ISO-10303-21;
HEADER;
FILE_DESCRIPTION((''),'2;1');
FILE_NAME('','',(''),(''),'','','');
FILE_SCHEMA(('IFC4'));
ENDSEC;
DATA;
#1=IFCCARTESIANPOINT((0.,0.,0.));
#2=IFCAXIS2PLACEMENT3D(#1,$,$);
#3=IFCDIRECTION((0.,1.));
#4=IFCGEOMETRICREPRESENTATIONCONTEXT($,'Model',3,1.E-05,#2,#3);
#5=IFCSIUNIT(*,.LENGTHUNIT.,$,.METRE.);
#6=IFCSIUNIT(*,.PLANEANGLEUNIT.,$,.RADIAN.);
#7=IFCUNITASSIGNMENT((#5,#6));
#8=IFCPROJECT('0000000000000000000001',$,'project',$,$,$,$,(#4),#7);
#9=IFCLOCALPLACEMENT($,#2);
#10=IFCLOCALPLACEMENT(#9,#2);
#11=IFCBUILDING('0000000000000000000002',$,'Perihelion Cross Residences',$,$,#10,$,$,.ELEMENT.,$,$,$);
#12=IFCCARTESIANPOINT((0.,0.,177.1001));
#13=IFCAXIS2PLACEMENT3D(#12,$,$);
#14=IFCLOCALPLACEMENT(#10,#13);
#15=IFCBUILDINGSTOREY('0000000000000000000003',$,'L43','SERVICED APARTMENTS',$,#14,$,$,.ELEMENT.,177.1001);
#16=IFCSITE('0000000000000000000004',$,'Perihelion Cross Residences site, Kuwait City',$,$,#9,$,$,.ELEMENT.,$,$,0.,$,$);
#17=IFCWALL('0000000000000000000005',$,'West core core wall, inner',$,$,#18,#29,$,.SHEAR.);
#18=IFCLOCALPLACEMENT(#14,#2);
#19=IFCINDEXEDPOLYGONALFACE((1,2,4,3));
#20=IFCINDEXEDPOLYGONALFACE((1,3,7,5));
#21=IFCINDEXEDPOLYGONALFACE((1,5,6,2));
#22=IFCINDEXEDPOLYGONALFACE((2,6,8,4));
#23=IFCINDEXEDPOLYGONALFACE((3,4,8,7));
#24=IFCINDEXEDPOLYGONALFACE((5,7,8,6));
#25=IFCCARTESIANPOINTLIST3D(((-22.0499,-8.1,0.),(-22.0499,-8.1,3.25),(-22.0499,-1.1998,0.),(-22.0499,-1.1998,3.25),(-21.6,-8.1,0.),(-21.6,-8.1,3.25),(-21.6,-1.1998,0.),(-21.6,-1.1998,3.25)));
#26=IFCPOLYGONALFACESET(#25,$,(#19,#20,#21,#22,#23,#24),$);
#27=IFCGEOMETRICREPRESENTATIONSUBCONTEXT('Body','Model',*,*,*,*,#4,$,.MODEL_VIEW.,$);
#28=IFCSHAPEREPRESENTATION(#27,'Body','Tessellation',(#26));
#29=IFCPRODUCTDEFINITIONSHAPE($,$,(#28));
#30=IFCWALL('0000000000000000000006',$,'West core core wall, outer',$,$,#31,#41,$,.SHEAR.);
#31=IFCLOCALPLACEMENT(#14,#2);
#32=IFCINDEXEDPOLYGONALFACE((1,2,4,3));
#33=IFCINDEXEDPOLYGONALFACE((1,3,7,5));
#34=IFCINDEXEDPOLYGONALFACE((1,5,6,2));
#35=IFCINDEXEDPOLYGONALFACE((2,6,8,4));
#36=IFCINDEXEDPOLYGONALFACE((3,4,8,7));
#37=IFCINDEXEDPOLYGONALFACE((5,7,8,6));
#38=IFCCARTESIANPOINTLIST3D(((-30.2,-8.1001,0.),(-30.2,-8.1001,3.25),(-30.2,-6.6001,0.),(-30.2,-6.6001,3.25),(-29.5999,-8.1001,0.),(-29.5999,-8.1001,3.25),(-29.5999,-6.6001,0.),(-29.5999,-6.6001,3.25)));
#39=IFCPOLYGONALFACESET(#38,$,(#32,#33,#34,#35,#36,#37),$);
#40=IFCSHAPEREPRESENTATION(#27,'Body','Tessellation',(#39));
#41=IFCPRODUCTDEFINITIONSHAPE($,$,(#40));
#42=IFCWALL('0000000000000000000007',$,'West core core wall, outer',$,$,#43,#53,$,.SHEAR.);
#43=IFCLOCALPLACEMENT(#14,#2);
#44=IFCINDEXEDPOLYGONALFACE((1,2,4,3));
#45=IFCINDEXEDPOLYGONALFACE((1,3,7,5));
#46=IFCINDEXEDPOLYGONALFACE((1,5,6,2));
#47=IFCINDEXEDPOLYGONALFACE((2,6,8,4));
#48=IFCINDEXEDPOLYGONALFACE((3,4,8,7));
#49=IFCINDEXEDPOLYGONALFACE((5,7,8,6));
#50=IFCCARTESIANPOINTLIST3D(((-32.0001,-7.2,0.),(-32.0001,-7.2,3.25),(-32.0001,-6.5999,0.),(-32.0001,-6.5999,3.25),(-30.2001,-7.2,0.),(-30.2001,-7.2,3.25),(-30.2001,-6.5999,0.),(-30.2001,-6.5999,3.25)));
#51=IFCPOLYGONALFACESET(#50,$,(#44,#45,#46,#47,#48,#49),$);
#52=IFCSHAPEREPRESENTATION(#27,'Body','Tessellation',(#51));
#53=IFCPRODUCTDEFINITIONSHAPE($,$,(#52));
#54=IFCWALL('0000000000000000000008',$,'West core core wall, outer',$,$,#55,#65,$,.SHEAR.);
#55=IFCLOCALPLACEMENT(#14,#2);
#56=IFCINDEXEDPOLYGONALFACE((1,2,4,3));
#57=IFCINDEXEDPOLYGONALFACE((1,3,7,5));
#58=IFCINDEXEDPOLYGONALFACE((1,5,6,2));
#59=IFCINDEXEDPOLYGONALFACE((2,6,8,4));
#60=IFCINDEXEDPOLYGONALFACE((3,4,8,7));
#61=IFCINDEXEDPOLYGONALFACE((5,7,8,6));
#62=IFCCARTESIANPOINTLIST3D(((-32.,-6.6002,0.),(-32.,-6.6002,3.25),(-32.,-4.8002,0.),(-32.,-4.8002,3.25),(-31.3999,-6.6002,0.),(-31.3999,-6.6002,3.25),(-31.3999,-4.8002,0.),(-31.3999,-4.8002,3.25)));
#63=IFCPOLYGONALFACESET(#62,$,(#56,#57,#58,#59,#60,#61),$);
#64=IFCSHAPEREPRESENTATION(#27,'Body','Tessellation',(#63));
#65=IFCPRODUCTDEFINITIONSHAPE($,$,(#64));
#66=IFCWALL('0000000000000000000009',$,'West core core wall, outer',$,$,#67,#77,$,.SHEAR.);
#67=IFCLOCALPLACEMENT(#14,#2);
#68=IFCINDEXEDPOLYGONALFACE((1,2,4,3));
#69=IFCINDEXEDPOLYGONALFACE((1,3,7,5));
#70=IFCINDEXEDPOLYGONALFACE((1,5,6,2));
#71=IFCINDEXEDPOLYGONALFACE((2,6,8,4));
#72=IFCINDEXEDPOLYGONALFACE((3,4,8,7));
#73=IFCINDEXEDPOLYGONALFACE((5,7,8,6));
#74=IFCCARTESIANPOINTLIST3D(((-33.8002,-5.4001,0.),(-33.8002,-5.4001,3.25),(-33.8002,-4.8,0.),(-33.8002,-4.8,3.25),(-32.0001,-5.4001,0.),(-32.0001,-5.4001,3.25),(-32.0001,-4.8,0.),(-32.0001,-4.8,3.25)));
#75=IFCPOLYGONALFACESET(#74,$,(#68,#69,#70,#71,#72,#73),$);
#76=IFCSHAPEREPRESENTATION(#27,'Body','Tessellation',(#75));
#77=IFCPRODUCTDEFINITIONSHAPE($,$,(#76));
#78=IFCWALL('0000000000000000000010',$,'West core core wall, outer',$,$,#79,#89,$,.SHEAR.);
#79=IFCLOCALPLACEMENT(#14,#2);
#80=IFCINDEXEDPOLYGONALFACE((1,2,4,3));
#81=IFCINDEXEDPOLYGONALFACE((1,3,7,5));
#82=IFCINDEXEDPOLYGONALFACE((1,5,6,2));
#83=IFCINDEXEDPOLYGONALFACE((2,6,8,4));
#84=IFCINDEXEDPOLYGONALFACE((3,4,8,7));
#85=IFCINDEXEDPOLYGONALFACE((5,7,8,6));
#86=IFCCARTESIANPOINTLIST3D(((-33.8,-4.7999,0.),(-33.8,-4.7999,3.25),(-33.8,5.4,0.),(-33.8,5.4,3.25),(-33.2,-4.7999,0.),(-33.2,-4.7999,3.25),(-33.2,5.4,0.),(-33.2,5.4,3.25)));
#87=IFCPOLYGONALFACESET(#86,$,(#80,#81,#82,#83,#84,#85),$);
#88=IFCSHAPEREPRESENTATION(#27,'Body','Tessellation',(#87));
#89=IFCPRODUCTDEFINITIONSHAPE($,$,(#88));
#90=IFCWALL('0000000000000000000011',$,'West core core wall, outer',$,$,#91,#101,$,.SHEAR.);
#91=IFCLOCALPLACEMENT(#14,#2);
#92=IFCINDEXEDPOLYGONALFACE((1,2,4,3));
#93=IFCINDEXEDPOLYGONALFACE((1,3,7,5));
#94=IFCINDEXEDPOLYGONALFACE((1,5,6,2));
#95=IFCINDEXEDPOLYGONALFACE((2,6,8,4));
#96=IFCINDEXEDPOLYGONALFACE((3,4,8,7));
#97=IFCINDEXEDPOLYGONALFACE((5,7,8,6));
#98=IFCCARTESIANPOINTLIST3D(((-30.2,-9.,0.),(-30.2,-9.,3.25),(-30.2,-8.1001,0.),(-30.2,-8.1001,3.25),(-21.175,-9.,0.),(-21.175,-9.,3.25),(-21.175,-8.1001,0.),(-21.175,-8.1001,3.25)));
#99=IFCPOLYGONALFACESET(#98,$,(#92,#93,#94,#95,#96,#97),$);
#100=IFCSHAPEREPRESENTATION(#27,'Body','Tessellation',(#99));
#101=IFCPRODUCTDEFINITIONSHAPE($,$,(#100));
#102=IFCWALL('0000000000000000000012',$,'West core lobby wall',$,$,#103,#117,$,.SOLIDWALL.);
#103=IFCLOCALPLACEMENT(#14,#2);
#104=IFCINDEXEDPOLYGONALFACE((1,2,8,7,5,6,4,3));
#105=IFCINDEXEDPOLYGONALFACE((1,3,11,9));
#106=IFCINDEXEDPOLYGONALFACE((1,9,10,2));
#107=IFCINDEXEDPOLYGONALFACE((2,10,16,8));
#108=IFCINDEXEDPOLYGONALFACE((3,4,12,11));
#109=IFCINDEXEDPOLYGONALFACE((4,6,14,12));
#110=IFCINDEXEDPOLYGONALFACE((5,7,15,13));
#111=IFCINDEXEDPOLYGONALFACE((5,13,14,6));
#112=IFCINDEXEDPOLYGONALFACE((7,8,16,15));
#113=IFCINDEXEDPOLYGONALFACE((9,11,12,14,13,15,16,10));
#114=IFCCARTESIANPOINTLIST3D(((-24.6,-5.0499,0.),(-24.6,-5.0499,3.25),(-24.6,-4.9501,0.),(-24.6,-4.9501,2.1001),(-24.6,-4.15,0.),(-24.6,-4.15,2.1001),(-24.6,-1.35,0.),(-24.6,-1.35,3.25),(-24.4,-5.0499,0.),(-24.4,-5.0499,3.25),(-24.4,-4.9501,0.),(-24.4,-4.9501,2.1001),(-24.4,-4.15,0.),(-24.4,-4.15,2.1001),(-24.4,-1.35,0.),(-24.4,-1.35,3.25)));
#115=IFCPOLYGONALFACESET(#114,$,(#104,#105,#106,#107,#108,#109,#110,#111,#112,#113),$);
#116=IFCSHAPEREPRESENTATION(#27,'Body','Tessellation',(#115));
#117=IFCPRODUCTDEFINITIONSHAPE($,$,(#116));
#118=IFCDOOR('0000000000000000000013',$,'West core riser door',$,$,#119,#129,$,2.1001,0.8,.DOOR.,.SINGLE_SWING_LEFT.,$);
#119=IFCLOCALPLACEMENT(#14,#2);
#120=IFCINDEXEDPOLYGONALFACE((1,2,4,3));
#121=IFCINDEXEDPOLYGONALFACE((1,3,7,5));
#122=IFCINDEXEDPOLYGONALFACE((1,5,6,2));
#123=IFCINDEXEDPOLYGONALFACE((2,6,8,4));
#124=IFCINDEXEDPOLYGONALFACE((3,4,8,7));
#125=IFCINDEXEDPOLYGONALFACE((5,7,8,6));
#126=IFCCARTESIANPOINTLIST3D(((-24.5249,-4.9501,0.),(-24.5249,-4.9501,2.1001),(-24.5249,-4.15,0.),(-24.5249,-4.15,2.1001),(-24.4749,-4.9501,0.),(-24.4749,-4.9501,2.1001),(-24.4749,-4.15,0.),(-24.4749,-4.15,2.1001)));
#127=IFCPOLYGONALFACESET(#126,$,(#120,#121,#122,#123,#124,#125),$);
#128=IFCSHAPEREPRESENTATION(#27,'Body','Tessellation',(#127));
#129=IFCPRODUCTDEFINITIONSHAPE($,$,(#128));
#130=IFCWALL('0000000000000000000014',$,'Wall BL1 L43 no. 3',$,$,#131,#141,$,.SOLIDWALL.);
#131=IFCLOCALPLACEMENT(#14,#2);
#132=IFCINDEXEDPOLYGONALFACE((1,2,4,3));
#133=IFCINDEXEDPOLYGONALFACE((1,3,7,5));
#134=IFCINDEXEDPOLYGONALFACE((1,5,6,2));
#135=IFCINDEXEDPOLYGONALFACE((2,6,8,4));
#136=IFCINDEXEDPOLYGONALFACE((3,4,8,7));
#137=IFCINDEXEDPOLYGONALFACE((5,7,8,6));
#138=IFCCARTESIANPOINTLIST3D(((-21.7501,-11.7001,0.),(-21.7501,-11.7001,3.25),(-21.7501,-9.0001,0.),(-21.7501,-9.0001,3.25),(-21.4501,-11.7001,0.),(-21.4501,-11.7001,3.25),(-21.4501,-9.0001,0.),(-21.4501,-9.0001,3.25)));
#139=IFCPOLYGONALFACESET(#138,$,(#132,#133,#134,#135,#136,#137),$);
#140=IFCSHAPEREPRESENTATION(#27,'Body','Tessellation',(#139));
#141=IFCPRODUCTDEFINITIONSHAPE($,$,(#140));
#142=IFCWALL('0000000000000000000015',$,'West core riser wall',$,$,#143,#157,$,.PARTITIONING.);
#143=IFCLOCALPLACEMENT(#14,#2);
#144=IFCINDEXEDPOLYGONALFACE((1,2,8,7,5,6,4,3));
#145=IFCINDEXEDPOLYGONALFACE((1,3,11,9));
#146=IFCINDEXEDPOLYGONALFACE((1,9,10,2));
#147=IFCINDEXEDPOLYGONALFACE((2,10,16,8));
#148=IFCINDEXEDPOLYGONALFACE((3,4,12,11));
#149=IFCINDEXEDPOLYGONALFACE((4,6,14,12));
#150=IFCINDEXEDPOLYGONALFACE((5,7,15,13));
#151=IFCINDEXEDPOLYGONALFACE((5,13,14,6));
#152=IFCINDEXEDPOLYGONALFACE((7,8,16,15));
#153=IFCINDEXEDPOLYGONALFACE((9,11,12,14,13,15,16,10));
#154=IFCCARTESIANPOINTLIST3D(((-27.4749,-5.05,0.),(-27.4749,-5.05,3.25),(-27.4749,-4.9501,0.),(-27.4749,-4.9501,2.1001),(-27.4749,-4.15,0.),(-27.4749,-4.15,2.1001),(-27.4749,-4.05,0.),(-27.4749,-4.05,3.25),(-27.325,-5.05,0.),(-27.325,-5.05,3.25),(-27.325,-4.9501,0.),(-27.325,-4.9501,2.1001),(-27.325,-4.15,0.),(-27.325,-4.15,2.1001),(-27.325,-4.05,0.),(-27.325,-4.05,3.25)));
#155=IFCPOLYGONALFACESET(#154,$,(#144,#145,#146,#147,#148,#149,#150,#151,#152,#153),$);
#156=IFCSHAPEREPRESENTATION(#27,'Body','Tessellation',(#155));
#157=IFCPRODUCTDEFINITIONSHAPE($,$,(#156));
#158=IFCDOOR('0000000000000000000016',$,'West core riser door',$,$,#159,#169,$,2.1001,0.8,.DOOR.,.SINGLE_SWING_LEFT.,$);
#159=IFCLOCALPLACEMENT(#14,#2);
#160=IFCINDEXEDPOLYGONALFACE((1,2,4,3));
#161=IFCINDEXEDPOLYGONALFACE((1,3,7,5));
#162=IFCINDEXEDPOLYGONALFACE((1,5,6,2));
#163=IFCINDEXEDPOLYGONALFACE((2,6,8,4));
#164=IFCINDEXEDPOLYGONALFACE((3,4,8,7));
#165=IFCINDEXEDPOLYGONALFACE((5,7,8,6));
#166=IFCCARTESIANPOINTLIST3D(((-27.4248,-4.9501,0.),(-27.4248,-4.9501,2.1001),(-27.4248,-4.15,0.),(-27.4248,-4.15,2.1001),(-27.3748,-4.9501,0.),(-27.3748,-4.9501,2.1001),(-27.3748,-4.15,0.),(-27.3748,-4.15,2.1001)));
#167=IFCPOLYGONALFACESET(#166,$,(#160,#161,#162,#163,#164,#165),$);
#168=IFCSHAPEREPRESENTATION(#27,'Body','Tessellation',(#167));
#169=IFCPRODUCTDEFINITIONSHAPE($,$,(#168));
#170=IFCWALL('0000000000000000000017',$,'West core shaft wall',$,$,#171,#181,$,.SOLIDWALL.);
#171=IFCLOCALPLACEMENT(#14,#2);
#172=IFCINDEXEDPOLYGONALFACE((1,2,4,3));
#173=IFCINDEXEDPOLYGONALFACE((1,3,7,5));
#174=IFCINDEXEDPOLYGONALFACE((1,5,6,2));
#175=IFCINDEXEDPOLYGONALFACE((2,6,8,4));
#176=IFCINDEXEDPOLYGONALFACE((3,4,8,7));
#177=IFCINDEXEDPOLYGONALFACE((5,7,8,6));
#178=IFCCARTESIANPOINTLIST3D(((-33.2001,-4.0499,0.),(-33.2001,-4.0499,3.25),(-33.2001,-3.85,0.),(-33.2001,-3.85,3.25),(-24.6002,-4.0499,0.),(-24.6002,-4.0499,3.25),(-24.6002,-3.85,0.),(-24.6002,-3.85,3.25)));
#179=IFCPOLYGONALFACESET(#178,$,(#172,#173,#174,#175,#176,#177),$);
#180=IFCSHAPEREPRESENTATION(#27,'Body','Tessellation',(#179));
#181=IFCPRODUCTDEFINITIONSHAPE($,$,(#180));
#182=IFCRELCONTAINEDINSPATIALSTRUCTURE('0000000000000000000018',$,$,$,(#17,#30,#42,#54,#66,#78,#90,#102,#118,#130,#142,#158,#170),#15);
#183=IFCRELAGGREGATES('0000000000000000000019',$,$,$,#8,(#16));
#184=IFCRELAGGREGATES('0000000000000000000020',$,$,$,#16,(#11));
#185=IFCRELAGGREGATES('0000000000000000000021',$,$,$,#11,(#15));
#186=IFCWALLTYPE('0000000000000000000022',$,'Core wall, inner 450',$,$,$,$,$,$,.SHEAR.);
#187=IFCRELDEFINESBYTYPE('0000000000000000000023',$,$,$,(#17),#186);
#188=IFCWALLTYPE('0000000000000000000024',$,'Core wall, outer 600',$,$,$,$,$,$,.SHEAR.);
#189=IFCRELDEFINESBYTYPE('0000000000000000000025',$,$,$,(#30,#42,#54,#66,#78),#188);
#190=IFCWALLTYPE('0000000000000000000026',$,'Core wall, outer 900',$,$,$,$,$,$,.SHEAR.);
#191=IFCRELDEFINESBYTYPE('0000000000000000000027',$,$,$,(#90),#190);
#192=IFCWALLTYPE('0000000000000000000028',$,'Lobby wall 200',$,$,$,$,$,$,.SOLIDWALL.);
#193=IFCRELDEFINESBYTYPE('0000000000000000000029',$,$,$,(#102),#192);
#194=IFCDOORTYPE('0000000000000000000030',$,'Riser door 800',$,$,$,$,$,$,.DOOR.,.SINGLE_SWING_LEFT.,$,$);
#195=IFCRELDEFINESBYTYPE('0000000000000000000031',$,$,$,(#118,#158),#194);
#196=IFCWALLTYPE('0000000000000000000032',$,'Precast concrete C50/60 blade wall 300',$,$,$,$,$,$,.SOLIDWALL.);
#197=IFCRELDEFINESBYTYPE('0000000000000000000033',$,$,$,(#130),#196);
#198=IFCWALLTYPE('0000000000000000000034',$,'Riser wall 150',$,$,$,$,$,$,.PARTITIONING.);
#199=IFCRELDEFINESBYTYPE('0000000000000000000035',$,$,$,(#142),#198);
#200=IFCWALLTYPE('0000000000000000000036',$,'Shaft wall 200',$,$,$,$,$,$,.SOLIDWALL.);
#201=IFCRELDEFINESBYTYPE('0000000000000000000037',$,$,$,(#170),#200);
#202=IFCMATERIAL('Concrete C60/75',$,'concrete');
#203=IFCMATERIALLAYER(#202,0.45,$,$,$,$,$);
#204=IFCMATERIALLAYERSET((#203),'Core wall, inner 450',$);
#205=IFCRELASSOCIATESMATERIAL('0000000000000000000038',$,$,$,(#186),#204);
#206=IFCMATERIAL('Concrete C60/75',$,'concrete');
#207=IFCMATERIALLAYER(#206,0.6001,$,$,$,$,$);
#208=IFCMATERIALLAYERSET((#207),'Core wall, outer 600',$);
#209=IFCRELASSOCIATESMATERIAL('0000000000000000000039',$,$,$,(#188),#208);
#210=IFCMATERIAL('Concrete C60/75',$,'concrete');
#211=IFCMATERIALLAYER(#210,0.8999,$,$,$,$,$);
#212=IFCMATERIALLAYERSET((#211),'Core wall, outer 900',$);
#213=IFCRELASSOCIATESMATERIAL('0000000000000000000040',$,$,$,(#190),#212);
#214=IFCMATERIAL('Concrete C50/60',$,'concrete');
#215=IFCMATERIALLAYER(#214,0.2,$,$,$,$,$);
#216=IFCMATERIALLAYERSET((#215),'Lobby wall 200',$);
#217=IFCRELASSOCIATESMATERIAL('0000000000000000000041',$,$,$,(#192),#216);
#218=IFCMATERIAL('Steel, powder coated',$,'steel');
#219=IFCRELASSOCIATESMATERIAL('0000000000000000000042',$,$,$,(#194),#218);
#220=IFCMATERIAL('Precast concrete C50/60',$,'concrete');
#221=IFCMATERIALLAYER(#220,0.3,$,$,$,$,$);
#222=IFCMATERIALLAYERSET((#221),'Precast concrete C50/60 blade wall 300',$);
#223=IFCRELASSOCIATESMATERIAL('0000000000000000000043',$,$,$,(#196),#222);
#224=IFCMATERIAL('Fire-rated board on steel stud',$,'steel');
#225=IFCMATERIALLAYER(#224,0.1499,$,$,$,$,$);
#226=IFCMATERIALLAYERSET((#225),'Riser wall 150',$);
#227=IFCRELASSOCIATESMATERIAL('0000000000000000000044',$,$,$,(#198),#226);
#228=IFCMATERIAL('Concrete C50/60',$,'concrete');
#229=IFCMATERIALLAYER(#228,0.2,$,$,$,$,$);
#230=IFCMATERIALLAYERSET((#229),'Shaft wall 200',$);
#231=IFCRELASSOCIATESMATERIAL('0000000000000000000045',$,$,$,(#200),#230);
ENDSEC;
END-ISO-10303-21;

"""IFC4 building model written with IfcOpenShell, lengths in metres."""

from ifc_helpers import new_model, si_unit, direction, frame, frame_2d, origin, place, context, subcontext, project, spatial, rectangle, extrude, material, layer, layer_set, type_object, element, fill, save


model = new_model("IFC4")

# Units and contexts
model_context = context("Model", 3, precision=1e-05, world=origin(), true_north=direction((0.0, 1.0)))
body_context = subcontext(model_context, "Body", "Model", "MODEL_VIEW")
ifc_project = project(units=[si_unit("LENGTHUNIT", "METRE"), si_unit("PLANEANGLEUNIT", "RADIAN")], contexts=[model_context])

# Site, building, storey
site_placement = place(None, origin())
site = spatial("IfcSite", under=ifc_project, at=site_placement, Name="Perihelion Cross Residences site, Kuwait City", CompositionType="ELEMENT", RefElevation=0.0)
building_placement = place(site_placement, origin())
building = spatial("IfcBuilding", under=site, at=building_placement, Name="Perihelion Cross Residences", CompositionType="ELEMENT")
storey_placement = place(building_placement, frame((0.0, 0.0, 177.1001)))
storey = spatial("IfcBuildingStorey", under=building, at=storey_placement, Name="L43", Description="SERVICED APARTMENTS", CompositionType="ELEMENT", Elevation=177.1001)

# Walls
ifc_material_1 = material(Name="Concrete C60/75", Category="concrete")
ifc_layer_1 = layer(ifc_material_1, 0.45)
ifc_layer_set_1 = layer_set([ifc_layer_1], Name="Core wall, inner 450")
wall_type_1 = type_object("IfcWallType", Name="Core wall, inner 450", PredefinedType="SHEAR", material=ifc_layer_set_1)
wall_1_placement = place(storey_placement, frame((-21.825, -8.1001, 0.0), z_axis=(0.0, 0.0, 1.0), x_axis=(0.0, 1.0, 0.0)))
element("IfcWall", 1, at=wall_1_placement, inside=storey, type_object=wall_type_1, Name="West core core wall, inner", PredefinedType="SHEAR", context=body_context, shape_type="SweptSolid", body=[
    extrude(rectangle(XDim=6.9001, YDim=0.45, at=frame_2d((3.4502, 0.0))), origin(), (0.0, 0.0, 1.0), 3.25),
])
ifc_material_2 = material(Name="Concrete C60/75", Category="concrete")
ifc_layer_2 = layer(ifc_material_2, 0.6001)
ifc_layer_set_2 = layer_set([ifc_layer_2], Name="Core wall, outer 600")
wall_type_2 = type_object("IfcWallType", Name="Core wall, outer 600", PredefinedType="SHEAR", material=ifc_layer_set_2)
wall_2_placement = place(storey_placement, frame((-29.8999, -8.1001, 0.0), z_axis=(0.0, 0.0, 1.0), x_axis=(0.0, 1.0, 0.0)))
element("IfcWall", 2, at=wall_2_placement, inside=storey, type_object=wall_type_2, Name="West core core wall, outer", PredefinedType="SHEAR", context=body_context, shape_type="SweptSolid", body=[
    extrude(rectangle(XDim=1.5, YDim=0.6001, at=frame_2d((0.75, 0.0))), origin(), (0.0, 0.0, 1.0), 3.25),
])
for number, where, z_axis, x_axis, name in (
    (3, (-32.0, -6.8999, 0.0), (0.0, 0.0, 1.0), (1.0, 0.0, 0.0), "West core core wall, outer"),
    (4, (-31.7, -6.6001, 0.0), (0.0, 0.0, 1.0), (0.0, 1.0, 0.0), "West core core wall, outer"),
    (5, (-33.8, -5.1001, 0.0), (0.0, 0.0, 1.0), (1.0, 0.0, 0.0), "West core core wall, outer"),
):
    element("IfcWall", number, at=place(storey_placement, frame(where, z_axis=z_axis, x_axis=x_axis)), inside=storey, type_object=wall_type_2, Name=name, PredefinedType="SHEAR", context=body_context, shape_type="SweptSolid", body=[
        extrude(rectangle(XDim=1.8, YDim=0.6001, at=frame_2d((0.8999, 0.0))), origin(), (0.0, 0.0, 1.0), 3.25),
    ])
wall_3_placement = place(storey_placement, frame((-33.5, -4.8, 0.0), z_axis=(0.0, 0.0, 1.0), x_axis=(0.0, 1.0, 0.0)))
element("IfcWall", 6, at=wall_3_placement, inside=storey, type_object=wall_type_2, Name="West core core wall, outer", PredefinedType="SHEAR", context=body_context, shape_type="SweptSolid", body=[
    extrude(rectangle(XDim=10.2, YDim=0.6001, at=frame_2d((5.1001, 0.0))), origin(), (0.0, 0.0, 1.0), 3.25),
])
ifc_material_3 = material(Name="Concrete C60/75", Category="concrete")
ifc_layer_3 = layer(ifc_material_3, 0.8999)
ifc_layer_set_3 = layer_set([ifc_layer_3], Name="Core wall, outer 900")
wall_type_3 = type_object("IfcWallType", Name="Core wall, outer 900", PredefinedType="SHEAR", material=ifc_layer_set_3)
wall_4_placement = place(storey_placement, frame((-30.2, -8.55, 0.0), z_axis=(0.0, 0.0, 1.0), x_axis=(1.0, 0.0, 0.0)))
element("IfcWall", 7, at=wall_4_placement, inside=storey, type_object=wall_type_3, Name="West core core wall, outer", PredefinedType="SHEAR", context=body_context, shape_type="SweptSolid", body=[
    extrude(rectangle(XDim=9.0249, YDim=0.8999, at=frame_2d((4.5125, 0.0))), origin(), (0.0, 0.0, 1.0), 3.25),
])

# Wall, opening, door
ifc_material_4 = material(Name="Concrete C50/60", Category="concrete")
ifc_layer_4 = layer(ifc_material_4, 0.2)
ifc_layer_set_4 = layer_set([ifc_layer_4], Name="Lobby wall 200")
wall_type_4 = type_object("IfcWallType", Name="Lobby wall 200", PredefinedType="SOLIDWALL", material=ifc_layer_set_4)
wall_5_placement = place(storey_placement, frame((-24.5, -5.05, 0.0), z_axis=(0.0, 0.0, 1.0), x_axis=(0.0, 1.0, 0.0)))
wall_5 = element("IfcWall", 8, at=wall_5_placement, inside=storey, type_object=wall_type_4, Name="West core lobby wall", PredefinedType="SOLIDWALL", context=body_context, shape_type="SweptSolid", body=[
    extrude(rectangle(XDim=3.7, YDim=0.2, at=frame_2d((1.8501, 0.0))), origin(), (0.0, 0.0, 1.0), 3.25),
])
opening_1_placement = place(wall_5_placement, frame((0.1001, 0.0, 0.0)))
opening_1 = element("IfcOpeningElement", 9, at=opening_1_placement, cuts=wall_5, PredefinedType="OPENING", context=body_context, shape_type="SweptSolid", body=[
    extrude(rectangle(XDim=0.8, YDim=2.1001, at=frame_2d((0.3999, 1.05))), frame((0.0, 0.1099, 0.0), z_axis=(0.0, -1.0, 0.0), x_axis=(1.0, 0.0, 0.0)), (0.0, 0.0, 1.0), 0.22),
])
ifc_material_5 = material(Name="Steel, powder coated", Category="steel")
door_type_1 = type_object("IfcDoorType", Name="Riser door 800", OperationType="SINGLE_SWING_LEFT", PredefinedType="DOOR", material=ifc_material_5)
door_1_placement = place(opening_1_placement, origin())
door_1 = element("IfcDoor", 10, at=door_1_placement, inside=storey, type_object=door_type_1, Name="West core riser door", OperationType="SINGLE_SWING_LEFT", OverallHeight=2.1001, OverallWidth=0.8, PredefinedType="DOOR", context=body_context, shape_type="SweptSolid", body=[
    extrude(rectangle(XDim=0.8, YDim=2.1001, at=frame_2d((0.3999, 1.05))), frame((0.0, 0.0249, 0.0), z_axis=(0.0, -1.0, 0.0), x_axis=(1.0, 0.0, 0.0)), (0.0, 0.0, 1.0), 0.05),
])
fill(opening_1, door_1)

# Wall
ifc_material_6 = material(Name="Precast concrete C50/60", Category="concrete")
ifc_layer_5 = layer(ifc_material_6, 0.3)
ifc_layer_set_5 = layer_set([ifc_layer_5], Name="Precast concrete C50/60 blade wall 300")
wall_type_5 = type_object("IfcWallType", Name="Precast concrete C50/60 blade wall 300", PredefinedType="SOLIDWALL", material=ifc_layer_set_5)
wall_6_placement = place(storey_placement, frame((-21.6001, -9.0, 0.0), z_axis=(0.0, 0.0, 1.0), x_axis=(0.0, -1.0, 0.0)))
element("IfcWall", 11, at=wall_6_placement, inside=storey, type_object=wall_type_5, Name="Wall BL1 L43 no. 3", PredefinedType="SOLIDWALL", context=body_context, shape_type="SweptSolid", body=[
    extrude(rectangle(XDim=2.7, YDim=0.3, at=frame_2d((1.3501, 0.0))), origin(), (0.0, 0.0, 1.0), 3.25),
])

# Wall, opening, door
ifc_material_7 = material(Name="Fire-rated board on steel stud", Category="steel")
ifc_layer_6 = layer(ifc_material_7, 0.1499)
ifc_layer_set_6 = layer_set([ifc_layer_6], Name="Riser wall 150")
wall_type_6 = type_object("IfcWallType", Name="Riser wall 150", PredefinedType="PARTITIONING", material=ifc_layer_set_6)
wall_7_placement = place(storey_placement, frame((-27.3999, -5.05, 0.0), z_axis=(0.0, 0.0, 1.0), x_axis=(0.0, 1.0, 0.0)))
wall_7 = element("IfcWall", 12, at=wall_7_placement, inside=storey, type_object=wall_type_6, Name="West core riser wall", PredefinedType="PARTITIONING", context=body_context, shape_type="SweptSolid", body=[
    extrude(rectangle(XDim=1.0, YDim=0.1499, at=frame_2d((0.5, 0.0))), origin(), (0.0, 0.0, 1.0), 3.25),
])
opening_2_placement = place(wall_7_placement, frame((0.1001, 0.0, 0.0)))
opening_2 = element("IfcOpeningElement", 13, at=opening_2_placement, cuts=wall_7, PredefinedType="OPENING", context=body_context, shape_type="SweptSolid", body=[
    extrude(rectangle(XDim=0.8, YDim=2.1001, at=frame_2d((0.3999, 1.05))), frame((0.0, 0.085, 0.0), z_axis=(0.0, -1.0, 0.0), x_axis=(1.0, 0.0, 0.0)), (0.0, 0.0, 1.0), 0.1699),
])
door_2_placement = place(opening_2_placement, origin())
door_2 = element("IfcDoor", 14, at=door_2_placement, inside=storey, type_object=door_type_1, Name="West core riser door", OperationType="SINGLE_SWING_LEFT", OverallHeight=2.1001, OverallWidth=0.8, PredefinedType="DOOR", context=body_context, shape_type="SweptSolid", body=[
    extrude(rectangle(XDim=0.8, YDim=2.1001, at=frame_2d((0.3999, 1.05))), frame((0.0, 0.0249, 0.0), z_axis=(0.0, -1.0, 0.0), x_axis=(1.0, 0.0, 0.0)), (0.0, 0.0, 1.0), 0.05),
])
fill(opening_2, door_2)

# Wall
ifc_material_8 = material(Name="Concrete C50/60", Category="concrete")
ifc_layer_7 = layer(ifc_material_8, 0.2)
ifc_layer_set_7 = layer_set([ifc_layer_7], Name="Shaft wall 200")
wall_type_7 = type_object("IfcWallType", Name="Shaft wall 200", PredefinedType="SOLIDWALL", material=ifc_layer_set_7)
wall_8_placement = place(storey_placement, frame((-33.2, -3.95, 0.0), z_axis=(0.0, 0.0, 1.0), x_axis=(1.0, 0.0, 0.0)))
element("IfcWall", 15, at=wall_8_placement, inside=storey, type_object=wall_type_7, Name="West core shaft wall", PredefinedType="SOLIDWALL", context=body_context, shape_type="SweptSolid", body=[
    extrude(rectangle(XDim=8.5999, YDim=0.2, at=frame_2d((4.2998, 0.0))), origin(), (0.0, 0.0, 1.0), 3.25),
])

save(model, "model.ifc")
